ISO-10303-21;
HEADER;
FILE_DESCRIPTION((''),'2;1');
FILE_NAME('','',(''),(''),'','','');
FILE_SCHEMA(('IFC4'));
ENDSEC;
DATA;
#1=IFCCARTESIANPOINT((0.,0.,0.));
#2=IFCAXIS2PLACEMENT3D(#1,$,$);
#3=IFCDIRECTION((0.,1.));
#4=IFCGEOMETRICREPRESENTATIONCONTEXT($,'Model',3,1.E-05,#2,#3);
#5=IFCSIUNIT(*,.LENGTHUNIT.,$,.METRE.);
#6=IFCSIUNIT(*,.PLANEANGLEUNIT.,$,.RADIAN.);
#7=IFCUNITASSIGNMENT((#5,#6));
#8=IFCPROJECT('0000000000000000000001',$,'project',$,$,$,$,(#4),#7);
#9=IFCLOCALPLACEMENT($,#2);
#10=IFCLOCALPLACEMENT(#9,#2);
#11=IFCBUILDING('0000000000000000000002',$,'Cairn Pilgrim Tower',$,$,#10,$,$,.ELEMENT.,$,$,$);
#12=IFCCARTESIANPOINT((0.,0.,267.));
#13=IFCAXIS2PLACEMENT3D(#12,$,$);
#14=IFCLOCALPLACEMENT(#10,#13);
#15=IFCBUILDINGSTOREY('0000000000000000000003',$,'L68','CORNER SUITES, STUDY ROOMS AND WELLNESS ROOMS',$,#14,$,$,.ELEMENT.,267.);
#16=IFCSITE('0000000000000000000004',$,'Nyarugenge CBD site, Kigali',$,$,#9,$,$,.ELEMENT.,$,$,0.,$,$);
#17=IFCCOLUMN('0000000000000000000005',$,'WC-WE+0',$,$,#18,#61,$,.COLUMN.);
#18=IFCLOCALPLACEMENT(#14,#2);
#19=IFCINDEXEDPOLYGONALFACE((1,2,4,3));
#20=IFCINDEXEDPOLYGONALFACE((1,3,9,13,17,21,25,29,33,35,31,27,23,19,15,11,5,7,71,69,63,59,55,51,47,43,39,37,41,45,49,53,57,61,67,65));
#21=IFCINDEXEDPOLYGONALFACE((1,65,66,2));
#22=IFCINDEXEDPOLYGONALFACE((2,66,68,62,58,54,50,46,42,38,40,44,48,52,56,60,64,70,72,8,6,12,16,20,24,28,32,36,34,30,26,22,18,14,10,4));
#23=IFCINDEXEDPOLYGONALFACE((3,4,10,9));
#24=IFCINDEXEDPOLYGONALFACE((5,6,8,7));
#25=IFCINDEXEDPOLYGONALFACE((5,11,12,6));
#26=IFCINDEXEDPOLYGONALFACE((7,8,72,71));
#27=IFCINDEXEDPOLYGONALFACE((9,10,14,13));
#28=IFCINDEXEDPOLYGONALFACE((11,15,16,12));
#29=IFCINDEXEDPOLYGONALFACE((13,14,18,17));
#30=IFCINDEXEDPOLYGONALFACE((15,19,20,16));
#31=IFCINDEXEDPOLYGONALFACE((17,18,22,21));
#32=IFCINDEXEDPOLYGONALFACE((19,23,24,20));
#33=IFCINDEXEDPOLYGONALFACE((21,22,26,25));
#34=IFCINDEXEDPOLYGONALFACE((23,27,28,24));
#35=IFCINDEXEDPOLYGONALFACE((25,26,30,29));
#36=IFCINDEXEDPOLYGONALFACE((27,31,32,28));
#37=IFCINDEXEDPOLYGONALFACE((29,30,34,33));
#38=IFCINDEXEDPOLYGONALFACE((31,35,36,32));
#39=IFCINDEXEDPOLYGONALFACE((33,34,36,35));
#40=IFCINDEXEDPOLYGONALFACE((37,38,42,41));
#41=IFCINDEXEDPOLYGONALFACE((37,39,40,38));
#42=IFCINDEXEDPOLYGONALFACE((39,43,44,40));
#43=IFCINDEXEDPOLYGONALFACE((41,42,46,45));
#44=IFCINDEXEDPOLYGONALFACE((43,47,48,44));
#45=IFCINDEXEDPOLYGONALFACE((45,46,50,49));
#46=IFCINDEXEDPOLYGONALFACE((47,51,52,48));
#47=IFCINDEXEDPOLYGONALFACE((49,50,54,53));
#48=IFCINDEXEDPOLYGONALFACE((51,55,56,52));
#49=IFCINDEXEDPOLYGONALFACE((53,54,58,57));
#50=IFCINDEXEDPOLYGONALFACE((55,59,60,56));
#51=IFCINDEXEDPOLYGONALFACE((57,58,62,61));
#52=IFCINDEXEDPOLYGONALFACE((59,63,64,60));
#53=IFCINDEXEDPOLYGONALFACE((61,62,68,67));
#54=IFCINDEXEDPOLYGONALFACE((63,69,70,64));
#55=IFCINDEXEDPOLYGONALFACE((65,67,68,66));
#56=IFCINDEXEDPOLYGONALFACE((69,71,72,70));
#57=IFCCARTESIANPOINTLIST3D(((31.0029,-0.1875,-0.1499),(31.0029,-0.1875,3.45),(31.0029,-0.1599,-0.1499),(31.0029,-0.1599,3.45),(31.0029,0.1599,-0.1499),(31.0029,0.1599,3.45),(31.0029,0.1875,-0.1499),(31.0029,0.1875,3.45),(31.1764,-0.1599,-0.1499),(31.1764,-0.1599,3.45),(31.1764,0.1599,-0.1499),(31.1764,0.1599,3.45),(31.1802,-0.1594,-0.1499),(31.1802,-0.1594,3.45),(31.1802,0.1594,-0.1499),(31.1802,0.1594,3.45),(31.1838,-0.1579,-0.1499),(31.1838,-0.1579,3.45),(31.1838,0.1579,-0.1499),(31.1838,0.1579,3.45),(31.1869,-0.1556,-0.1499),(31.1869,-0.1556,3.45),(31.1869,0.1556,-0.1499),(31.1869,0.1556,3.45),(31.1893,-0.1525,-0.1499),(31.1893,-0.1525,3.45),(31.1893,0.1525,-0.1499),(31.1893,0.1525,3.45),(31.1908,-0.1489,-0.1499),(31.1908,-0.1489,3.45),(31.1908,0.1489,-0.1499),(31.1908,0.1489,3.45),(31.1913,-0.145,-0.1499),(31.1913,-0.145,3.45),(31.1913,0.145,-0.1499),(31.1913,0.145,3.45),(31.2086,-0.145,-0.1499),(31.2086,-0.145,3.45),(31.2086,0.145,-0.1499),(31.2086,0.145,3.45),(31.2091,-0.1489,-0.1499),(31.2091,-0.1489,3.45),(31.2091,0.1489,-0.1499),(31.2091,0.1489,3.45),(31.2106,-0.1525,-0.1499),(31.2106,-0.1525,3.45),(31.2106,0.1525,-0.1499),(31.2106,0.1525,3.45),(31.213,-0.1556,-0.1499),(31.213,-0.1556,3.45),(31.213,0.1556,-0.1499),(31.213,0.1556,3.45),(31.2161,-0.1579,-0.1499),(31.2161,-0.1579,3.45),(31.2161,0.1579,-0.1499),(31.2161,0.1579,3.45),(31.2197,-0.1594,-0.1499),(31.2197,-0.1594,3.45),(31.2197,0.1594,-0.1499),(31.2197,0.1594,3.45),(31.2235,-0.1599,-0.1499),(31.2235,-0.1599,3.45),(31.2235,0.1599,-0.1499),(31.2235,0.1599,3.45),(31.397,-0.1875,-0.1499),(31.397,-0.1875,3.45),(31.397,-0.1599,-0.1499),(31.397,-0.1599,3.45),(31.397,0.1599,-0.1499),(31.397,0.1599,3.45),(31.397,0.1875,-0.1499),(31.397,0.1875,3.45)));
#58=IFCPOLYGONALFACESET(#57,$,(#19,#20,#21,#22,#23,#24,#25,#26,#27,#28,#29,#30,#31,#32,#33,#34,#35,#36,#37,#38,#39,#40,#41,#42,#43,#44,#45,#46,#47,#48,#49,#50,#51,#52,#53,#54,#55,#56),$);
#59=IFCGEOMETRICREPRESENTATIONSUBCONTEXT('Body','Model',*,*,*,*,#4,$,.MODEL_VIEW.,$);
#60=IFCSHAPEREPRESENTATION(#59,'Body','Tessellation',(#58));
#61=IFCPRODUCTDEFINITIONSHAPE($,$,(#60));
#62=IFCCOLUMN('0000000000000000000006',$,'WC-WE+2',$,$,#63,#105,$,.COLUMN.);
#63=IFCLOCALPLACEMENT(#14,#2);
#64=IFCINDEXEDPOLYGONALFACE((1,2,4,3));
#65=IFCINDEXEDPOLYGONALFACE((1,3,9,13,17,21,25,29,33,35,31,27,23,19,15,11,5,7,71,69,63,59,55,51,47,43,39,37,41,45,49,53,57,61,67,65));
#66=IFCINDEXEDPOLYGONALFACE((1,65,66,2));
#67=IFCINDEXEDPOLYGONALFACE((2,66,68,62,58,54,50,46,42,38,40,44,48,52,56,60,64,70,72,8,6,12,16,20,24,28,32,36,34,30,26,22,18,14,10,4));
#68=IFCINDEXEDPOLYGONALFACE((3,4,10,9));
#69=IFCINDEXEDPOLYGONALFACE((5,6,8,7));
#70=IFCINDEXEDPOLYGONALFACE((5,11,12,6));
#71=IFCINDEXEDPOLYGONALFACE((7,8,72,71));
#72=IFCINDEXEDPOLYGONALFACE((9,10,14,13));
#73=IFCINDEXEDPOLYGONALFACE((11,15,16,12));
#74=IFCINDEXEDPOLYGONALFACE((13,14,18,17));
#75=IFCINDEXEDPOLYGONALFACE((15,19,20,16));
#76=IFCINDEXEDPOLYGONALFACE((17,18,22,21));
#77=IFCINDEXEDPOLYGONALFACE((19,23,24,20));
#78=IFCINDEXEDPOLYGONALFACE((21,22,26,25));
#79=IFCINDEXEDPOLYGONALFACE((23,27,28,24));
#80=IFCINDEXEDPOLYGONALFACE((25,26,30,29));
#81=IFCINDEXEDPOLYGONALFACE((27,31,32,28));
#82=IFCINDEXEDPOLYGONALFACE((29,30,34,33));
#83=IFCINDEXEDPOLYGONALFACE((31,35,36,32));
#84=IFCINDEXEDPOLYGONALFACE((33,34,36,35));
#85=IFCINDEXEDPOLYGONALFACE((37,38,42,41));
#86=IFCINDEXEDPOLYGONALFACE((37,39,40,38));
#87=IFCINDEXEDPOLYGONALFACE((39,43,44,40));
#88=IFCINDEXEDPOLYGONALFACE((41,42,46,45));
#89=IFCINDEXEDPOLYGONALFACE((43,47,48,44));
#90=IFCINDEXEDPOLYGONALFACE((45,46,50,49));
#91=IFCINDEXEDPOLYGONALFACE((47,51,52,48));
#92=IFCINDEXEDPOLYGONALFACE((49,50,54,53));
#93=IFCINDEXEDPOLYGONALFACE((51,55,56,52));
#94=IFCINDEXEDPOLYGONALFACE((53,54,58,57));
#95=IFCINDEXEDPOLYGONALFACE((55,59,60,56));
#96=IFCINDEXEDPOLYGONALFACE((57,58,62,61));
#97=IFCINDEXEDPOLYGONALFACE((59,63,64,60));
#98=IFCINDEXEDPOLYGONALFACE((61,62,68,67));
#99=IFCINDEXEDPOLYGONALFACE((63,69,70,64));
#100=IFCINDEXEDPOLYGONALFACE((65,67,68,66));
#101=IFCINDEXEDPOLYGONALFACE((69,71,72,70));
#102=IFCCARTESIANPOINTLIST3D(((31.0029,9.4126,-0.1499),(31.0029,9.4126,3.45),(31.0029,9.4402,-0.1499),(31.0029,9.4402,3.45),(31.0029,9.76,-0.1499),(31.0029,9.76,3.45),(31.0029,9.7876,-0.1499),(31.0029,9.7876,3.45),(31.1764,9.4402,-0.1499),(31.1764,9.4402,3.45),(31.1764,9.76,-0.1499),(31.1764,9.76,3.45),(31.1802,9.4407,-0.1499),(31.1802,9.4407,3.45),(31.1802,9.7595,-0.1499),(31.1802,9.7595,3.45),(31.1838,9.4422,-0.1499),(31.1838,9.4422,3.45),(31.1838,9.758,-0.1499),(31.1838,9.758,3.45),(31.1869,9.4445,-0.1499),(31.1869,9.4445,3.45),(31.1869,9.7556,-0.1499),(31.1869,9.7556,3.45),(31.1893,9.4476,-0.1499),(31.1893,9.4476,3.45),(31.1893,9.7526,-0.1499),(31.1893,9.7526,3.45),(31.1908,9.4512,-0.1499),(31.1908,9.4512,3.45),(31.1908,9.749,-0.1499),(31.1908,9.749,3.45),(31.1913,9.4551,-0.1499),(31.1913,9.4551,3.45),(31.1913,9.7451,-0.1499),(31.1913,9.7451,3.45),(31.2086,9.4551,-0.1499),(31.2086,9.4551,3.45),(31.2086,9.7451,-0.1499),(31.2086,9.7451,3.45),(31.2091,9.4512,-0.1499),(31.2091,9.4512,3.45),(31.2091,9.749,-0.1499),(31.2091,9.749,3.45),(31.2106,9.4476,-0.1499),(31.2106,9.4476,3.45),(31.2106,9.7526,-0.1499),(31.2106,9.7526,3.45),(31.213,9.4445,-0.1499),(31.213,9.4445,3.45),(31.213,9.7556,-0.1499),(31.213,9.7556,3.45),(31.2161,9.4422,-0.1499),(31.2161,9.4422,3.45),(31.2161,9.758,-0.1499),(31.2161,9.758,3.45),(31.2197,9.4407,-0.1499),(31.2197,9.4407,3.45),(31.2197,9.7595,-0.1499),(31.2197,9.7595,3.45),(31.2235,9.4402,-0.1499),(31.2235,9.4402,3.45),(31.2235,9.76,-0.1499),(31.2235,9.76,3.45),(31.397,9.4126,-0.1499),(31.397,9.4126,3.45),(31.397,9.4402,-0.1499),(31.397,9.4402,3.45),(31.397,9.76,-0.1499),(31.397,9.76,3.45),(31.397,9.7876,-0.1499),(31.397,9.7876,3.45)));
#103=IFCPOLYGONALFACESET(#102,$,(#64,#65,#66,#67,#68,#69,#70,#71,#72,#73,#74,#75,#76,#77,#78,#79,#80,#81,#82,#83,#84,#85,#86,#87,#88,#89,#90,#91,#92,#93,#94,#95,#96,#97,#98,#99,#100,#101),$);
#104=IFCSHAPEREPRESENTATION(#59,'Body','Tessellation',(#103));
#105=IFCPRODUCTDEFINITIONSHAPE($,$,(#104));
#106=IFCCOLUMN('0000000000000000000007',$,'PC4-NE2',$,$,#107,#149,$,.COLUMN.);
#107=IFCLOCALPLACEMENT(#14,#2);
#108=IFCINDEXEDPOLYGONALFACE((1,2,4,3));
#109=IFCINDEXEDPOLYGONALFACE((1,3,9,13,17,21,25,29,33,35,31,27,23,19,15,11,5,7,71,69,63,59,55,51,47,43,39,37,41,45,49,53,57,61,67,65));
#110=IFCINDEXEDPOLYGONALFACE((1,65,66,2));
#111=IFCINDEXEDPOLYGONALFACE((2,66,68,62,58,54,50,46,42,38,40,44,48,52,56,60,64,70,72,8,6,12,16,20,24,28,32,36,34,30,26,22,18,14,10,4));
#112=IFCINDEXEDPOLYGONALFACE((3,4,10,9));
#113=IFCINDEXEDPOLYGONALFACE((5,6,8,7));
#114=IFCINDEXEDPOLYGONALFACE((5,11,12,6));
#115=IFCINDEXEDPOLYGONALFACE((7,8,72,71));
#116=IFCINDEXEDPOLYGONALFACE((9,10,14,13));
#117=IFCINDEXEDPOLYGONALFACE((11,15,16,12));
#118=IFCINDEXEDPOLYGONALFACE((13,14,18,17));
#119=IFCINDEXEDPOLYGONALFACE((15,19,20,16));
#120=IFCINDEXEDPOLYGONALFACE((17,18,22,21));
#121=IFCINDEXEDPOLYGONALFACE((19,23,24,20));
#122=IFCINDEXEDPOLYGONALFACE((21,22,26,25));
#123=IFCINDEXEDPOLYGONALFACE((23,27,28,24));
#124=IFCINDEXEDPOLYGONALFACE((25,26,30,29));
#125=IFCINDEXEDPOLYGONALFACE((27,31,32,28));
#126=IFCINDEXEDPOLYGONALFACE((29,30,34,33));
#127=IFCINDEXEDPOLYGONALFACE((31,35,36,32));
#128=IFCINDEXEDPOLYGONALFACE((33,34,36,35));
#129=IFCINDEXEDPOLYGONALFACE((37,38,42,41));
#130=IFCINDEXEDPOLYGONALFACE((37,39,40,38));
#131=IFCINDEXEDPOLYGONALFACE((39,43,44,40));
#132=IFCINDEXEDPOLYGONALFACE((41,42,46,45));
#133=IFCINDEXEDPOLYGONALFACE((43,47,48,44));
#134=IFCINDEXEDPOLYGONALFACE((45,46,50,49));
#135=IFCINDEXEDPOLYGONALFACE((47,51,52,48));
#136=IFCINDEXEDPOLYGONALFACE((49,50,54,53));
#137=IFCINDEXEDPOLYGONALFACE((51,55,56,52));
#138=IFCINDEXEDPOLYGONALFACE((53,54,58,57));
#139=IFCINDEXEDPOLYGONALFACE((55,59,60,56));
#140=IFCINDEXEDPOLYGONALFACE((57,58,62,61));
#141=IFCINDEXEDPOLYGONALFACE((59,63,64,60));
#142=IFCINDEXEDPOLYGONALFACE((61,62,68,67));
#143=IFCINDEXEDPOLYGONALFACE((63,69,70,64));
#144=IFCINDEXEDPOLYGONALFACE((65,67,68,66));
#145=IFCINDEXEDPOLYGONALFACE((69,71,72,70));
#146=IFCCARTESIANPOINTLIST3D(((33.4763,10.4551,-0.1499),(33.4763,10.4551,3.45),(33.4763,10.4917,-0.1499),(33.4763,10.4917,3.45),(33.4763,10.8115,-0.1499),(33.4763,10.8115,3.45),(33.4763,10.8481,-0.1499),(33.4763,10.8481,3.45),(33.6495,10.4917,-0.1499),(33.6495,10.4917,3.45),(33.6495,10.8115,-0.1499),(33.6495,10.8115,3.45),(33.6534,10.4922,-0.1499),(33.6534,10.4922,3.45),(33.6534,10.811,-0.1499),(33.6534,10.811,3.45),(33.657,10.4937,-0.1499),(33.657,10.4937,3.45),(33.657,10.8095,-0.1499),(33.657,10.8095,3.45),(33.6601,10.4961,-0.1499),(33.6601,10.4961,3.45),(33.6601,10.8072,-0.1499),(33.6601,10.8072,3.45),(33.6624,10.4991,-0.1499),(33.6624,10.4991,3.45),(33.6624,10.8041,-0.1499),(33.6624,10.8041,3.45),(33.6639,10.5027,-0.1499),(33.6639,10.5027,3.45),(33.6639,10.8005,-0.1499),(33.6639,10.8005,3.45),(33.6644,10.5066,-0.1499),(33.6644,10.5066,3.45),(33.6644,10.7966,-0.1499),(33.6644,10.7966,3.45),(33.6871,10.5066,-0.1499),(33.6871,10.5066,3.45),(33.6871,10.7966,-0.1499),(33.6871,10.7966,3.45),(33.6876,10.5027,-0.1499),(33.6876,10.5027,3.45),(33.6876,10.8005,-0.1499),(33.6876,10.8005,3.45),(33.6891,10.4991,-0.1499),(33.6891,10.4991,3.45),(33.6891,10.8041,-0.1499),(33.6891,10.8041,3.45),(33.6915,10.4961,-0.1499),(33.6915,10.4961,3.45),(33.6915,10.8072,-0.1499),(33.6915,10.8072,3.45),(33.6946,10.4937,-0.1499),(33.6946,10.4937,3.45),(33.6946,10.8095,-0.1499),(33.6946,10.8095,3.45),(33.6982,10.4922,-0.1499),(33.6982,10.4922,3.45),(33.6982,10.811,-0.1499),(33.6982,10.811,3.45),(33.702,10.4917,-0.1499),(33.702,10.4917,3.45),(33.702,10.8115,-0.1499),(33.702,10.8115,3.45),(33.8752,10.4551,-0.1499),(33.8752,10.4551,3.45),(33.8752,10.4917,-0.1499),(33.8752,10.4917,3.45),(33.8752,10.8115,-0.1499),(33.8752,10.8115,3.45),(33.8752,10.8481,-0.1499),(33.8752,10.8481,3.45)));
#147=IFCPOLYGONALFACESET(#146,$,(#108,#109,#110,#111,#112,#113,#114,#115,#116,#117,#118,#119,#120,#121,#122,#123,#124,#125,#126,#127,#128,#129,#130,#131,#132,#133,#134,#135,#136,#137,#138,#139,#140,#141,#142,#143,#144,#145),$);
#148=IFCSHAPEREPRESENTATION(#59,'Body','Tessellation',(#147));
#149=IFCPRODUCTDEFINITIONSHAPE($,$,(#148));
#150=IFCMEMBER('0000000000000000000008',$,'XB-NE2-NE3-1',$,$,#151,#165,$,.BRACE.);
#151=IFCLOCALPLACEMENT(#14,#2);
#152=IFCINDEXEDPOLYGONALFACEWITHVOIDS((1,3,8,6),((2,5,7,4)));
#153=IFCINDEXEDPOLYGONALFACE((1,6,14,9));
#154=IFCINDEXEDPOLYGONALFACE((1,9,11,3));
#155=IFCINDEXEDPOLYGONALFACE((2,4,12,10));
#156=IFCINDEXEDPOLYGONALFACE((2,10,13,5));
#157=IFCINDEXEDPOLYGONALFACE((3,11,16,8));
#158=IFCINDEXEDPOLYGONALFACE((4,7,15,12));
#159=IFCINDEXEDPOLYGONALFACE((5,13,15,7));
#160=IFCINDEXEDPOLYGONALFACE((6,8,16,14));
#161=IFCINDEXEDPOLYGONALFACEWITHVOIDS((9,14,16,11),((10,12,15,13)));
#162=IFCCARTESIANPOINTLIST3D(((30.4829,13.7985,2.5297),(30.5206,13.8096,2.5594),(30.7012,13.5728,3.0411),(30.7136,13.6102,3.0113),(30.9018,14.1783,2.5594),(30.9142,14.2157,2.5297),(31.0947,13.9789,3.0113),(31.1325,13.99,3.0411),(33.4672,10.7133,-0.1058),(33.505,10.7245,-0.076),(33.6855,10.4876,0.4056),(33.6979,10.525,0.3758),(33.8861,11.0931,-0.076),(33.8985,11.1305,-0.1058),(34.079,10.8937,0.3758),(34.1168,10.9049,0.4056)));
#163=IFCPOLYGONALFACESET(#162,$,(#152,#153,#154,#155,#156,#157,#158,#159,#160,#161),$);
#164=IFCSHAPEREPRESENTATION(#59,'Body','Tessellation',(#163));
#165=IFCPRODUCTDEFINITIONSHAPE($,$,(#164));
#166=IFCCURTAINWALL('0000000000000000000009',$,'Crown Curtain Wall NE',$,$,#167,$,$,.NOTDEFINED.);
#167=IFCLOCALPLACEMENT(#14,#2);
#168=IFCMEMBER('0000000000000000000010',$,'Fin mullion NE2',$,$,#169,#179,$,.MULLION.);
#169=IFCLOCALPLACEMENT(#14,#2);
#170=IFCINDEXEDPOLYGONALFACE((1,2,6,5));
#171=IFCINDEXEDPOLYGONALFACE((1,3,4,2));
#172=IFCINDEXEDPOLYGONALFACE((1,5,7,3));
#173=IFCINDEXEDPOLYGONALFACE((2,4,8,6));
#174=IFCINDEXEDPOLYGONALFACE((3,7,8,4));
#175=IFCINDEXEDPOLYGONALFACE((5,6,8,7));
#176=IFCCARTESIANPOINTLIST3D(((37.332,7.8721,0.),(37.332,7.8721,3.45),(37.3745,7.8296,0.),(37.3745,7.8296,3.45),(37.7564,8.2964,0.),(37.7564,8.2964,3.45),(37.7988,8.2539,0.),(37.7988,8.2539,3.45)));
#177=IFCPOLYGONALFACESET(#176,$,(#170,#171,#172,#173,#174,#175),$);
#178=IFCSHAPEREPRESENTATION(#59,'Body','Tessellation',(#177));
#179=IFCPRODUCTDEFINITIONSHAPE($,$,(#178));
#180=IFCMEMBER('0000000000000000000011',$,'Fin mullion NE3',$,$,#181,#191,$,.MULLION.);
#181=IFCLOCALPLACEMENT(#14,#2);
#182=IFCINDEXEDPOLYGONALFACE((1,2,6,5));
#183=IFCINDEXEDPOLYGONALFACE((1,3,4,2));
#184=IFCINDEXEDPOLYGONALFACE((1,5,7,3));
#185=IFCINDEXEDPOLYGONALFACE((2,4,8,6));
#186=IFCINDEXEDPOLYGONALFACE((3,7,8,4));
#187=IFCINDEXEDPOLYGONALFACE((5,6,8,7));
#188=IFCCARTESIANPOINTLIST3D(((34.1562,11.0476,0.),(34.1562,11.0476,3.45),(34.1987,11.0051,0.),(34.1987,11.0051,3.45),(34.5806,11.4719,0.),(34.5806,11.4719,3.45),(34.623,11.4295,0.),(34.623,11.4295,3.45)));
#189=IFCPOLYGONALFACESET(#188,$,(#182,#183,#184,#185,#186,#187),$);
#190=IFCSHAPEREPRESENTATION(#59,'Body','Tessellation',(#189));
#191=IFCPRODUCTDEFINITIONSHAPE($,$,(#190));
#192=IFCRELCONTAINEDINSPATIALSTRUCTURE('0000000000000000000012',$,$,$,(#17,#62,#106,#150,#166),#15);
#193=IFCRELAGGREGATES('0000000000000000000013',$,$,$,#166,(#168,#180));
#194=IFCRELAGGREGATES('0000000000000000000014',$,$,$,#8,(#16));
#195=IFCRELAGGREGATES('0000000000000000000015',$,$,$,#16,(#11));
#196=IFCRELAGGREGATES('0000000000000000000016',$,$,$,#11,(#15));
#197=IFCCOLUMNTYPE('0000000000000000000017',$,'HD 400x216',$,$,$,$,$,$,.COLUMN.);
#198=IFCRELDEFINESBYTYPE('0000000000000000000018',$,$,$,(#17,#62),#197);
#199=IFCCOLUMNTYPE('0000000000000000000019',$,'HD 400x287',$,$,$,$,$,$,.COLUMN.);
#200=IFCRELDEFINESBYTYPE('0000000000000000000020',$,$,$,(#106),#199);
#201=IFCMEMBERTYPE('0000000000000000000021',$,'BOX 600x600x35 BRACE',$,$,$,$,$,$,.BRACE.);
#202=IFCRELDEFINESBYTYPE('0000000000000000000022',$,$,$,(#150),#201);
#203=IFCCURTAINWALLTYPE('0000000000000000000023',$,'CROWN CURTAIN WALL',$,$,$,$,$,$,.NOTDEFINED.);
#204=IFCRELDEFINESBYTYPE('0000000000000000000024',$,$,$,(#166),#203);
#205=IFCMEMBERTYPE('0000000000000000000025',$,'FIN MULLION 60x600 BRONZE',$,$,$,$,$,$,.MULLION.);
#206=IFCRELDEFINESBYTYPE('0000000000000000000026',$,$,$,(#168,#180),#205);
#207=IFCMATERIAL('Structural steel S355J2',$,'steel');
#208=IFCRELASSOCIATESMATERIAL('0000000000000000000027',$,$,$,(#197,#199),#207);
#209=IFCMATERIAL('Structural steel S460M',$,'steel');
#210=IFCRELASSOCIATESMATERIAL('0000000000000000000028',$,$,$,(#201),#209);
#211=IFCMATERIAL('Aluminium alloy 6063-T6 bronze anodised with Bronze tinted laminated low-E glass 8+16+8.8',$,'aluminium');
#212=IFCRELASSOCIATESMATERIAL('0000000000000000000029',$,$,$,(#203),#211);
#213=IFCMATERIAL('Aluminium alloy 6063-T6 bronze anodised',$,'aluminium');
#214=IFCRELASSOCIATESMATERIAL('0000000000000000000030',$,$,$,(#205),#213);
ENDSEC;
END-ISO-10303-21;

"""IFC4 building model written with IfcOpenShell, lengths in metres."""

from ifc_helpers import new_model, si_unit, direction, frame, origin, origin_2d, place, context, subcontext, project, spatial, rectangle, hollow_rectangle, i_section, extrude, material, material_profile, profile_set, type_object, element, aggregate, save


model = new_model("IFC4")

# Units and contexts
model_context = context("Model", 3, precision=1e-05, world=origin(), true_north=direction((0.0, 1.0)))
body_context = subcontext(model_context, "Body", "Model", "MODEL_VIEW")
ifc_project = project(units=[si_unit("LENGTHUNIT", "METRE"), si_unit("PLANEANGLEUNIT", "RADIAN")], contexts=[model_context])

# Site, building, storey
site_placement = place(None, origin())
site = spatial("IfcSite", under=ifc_project, at=site_placement, Name="Nyarugenge CBD site, Kigali", CompositionType="ELEMENT", RefElevation=0.0)
building_placement = place(site_placement, origin())
building = spatial("IfcBuilding", under=site, at=building_placement, Name="Cairn Pilgrim Tower", CompositionType="ELEMENT")
storey_placement = place(building_placement, frame((0.0, 0.0, 267.0)))
storey = spatial("IfcBuildingStorey", under=building, at=storey_placement, Name="L68", Description="CORNER SUITES, STUDY ROOMS AND WELLNESS ROOMS", CompositionType="ELEMENT", Elevation=267.0)

# Columns
ifc_material_1 = material(Name="Structural steel S355J2", Category="steel")
ifc_material_profile_1 = material_profile(ifc_material_1, i_section(OverallWidth=0.394, OverallDepth=0.375, WebThickness=0.0173, FlangeThickness=0.0276, FilletRadius=0.0149, at=origin_2d()), Name="HD 400x216")
ifc_profile_set_1 = profile_set([ifc_material_profile_1], Name="Structural steel S355J2")
column_type_1 = type_object("IfcColumnType", Name="HD 400x216", PredefinedType="COLUMN", material=ifc_profile_set_1)
for number, where, z_axis, x_axis, name in (
    (1, (31.2, 0.0, -0.1499), (0.0, 0.0, 1.0), (1.0, 0.0, 0.0), "WC-WE+0"),
    (2, (31.2, 9.6001, -0.1499), (0.0, 0.0, 1.0), (1.0, 0.0, 0.0), "WC-WE+2"),
):
    element("IfcColumn", number, at=place(storey_placement, frame(where, z_axis=z_axis, x_axis=x_axis)), inside=storey, type_object=column_type_1, Name=name, PredefinedType="COLUMN", context=body_context, shape_type="SweptSolid", body=[
        extrude(i_section(OverallWidth=0.394, OverallDepth=0.375, WebThickness=0.0173, FlangeThickness=0.0276, FilletRadius=0.0149, at=origin_2d()), origin(), (0.0, 0.0, 1.0), 3.5999),
    ])
ifc_material_profile_2 = material_profile(ifc_material_1, i_section(OverallWidth=0.3989, OverallDepth=0.3931, WebThickness=0.0227, FlangeThickness=0.0366, FilletRadius=0.0149, at=origin_2d()), Name="HD 400x287")
ifc_profile_set_2 = profile_set([ifc_material_profile_2], Name="Structural steel S355J2")
column_type_2 = type_object("IfcColumnType", Name="HD 400x287", PredefinedType="COLUMN", material=ifc_profile_set_2)
column_placement = place(storey_placement, frame((33.6758, 10.6516, -0.1499), z_axis=(0.0, 0.0, 1.0), x_axis=(1.0, 0.0, 0.0)))
element("IfcColumn", 3, at=column_placement, inside=storey, type_object=column_type_2, Name="PC4-NE2", PredefinedType="COLUMN", context=body_context, shape_type="SweptSolid", body=[
    extrude(i_section(OverallWidth=0.3989, OverallDepth=0.3931, WebThickness=0.0227, FlangeThickness=0.0366, FilletRadius=0.0149, at=origin_2d()), origin(), (0.0, 0.0, 1.0), 3.5999),
])

# Member
ifc_material_2 = material(Name="Structural steel S460M", Category="steel")
ifc_material_profile_3 = material_profile(ifc_material_2, hollow_rectangle(XDim=0.6001, YDim=0.6001, WallThickness=0.0349, at=origin_2d()), Name="BOX 600x600x35")
ifc_profile_set_3 = profile_set([ifc_material_profile_3], Name="Structural steel S460M")
member_type_1 = type_object("IfcMemberType", Name="BOX 600x600x35 BRACE", PredefinedType="BRACE", material=ifc_profile_set_3)
member_1_placement = place(storey_placement, frame((33.792, 10.8091, 0.1499), z_axis=(-0.592497, 0.612515, 0.523233), x_axis=(-0.718754, -0.695264, 0.0)))
element("IfcMember", 4, at=member_1_placement, inside=storey, type_object=member_type_1, Name="XB-NE2-NE3-1", PredefinedType="BRACE", context=body_context, shape_type="SweptSolid", body=[
    extrude(hollow_rectangle(XDim=0.6001, YDim=0.6001, WallThickness=0.0349, at=origin_2d()), origin(), (0.0, 0.0, 1.0), 5.0369),
])

# Curtain wall, members
ifc_material_3 = material(Name="Aluminium alloy 6063-T6 bronze anodised with Bronze tinted laminated low-E glass 8+16+8.8", Category="aluminium")
curtain_wall_type = type_object("IfcCurtainWallType", Name="CROWN CURTAIN WALL", PredefinedType="NOTDEFINED", material=ifc_material_3)
curtain_wall_placement = place(storey_placement, origin())
curtain_wall = element("IfcCurtainWall", 5, at=curtain_wall_placement, inside=storey, type_object=curtain_wall_type, Name="Crown Curtain Wall NE", PredefinedType="NOTDEFINED")
ifc_material_4 = material(Name="Aluminium alloy 6063-T6 bronze anodised", Category="aluminium")
ifc_material_profile_4 = material_profile(ifc_material_4, rectangle(XDim=0.6001, YDim=0.0601, at=origin_2d()), Name="FIN MULLION 60x600 BRONZE")
ifc_profile_set_4 = profile_set([ifc_material_profile_4], Name="Aluminium alloy 6063-T6 bronze anodised")
member_type_2 = type_object("IfcMemberType", Name="FIN MULLION 60x600 BRONZE", PredefinedType="MULLION", material=ifc_profile_set_4)
member_2_placement = place(storey_placement, frame((37.5654, 8.063, 0.0), z_axis=(0.0, 0.0, 1.0), x_axis=(0.707107, 0.707107, 0.0)))
member_2 = element("IfcMember", 6, at=member_2_placement, type_object=member_type_2, Name="Fin mullion NE2", PredefinedType="MULLION", context=body_context, shape_type="SweptSolid", body=[
    extrude(rectangle(XDim=0.6001, YDim=0.0601, at=origin_2d()), origin(), (0.0, 0.0, 1.0), 3.45),
])
member_3_placement = place(storey_placement, frame((34.3896, 11.2385, 0.0), z_axis=(0.0, 0.0, 1.0), x_axis=(0.707107, 0.707107, 0.0)))
member_3 = element("IfcMember", 7, at=member_3_placement, type_object=member_type_2, Name="Fin mullion NE3", PredefinedType="MULLION", context=body_context, shape_type="SweptSolid", body=[
    extrude(rectangle(XDim=0.6001, YDim=0.0601, at=origin_2d()), origin(), (0.0, 0.0, 1.0), 3.45),
])

aggregate(curtain_wall, [member_2, member_3])

save(model, "model.ifc")
